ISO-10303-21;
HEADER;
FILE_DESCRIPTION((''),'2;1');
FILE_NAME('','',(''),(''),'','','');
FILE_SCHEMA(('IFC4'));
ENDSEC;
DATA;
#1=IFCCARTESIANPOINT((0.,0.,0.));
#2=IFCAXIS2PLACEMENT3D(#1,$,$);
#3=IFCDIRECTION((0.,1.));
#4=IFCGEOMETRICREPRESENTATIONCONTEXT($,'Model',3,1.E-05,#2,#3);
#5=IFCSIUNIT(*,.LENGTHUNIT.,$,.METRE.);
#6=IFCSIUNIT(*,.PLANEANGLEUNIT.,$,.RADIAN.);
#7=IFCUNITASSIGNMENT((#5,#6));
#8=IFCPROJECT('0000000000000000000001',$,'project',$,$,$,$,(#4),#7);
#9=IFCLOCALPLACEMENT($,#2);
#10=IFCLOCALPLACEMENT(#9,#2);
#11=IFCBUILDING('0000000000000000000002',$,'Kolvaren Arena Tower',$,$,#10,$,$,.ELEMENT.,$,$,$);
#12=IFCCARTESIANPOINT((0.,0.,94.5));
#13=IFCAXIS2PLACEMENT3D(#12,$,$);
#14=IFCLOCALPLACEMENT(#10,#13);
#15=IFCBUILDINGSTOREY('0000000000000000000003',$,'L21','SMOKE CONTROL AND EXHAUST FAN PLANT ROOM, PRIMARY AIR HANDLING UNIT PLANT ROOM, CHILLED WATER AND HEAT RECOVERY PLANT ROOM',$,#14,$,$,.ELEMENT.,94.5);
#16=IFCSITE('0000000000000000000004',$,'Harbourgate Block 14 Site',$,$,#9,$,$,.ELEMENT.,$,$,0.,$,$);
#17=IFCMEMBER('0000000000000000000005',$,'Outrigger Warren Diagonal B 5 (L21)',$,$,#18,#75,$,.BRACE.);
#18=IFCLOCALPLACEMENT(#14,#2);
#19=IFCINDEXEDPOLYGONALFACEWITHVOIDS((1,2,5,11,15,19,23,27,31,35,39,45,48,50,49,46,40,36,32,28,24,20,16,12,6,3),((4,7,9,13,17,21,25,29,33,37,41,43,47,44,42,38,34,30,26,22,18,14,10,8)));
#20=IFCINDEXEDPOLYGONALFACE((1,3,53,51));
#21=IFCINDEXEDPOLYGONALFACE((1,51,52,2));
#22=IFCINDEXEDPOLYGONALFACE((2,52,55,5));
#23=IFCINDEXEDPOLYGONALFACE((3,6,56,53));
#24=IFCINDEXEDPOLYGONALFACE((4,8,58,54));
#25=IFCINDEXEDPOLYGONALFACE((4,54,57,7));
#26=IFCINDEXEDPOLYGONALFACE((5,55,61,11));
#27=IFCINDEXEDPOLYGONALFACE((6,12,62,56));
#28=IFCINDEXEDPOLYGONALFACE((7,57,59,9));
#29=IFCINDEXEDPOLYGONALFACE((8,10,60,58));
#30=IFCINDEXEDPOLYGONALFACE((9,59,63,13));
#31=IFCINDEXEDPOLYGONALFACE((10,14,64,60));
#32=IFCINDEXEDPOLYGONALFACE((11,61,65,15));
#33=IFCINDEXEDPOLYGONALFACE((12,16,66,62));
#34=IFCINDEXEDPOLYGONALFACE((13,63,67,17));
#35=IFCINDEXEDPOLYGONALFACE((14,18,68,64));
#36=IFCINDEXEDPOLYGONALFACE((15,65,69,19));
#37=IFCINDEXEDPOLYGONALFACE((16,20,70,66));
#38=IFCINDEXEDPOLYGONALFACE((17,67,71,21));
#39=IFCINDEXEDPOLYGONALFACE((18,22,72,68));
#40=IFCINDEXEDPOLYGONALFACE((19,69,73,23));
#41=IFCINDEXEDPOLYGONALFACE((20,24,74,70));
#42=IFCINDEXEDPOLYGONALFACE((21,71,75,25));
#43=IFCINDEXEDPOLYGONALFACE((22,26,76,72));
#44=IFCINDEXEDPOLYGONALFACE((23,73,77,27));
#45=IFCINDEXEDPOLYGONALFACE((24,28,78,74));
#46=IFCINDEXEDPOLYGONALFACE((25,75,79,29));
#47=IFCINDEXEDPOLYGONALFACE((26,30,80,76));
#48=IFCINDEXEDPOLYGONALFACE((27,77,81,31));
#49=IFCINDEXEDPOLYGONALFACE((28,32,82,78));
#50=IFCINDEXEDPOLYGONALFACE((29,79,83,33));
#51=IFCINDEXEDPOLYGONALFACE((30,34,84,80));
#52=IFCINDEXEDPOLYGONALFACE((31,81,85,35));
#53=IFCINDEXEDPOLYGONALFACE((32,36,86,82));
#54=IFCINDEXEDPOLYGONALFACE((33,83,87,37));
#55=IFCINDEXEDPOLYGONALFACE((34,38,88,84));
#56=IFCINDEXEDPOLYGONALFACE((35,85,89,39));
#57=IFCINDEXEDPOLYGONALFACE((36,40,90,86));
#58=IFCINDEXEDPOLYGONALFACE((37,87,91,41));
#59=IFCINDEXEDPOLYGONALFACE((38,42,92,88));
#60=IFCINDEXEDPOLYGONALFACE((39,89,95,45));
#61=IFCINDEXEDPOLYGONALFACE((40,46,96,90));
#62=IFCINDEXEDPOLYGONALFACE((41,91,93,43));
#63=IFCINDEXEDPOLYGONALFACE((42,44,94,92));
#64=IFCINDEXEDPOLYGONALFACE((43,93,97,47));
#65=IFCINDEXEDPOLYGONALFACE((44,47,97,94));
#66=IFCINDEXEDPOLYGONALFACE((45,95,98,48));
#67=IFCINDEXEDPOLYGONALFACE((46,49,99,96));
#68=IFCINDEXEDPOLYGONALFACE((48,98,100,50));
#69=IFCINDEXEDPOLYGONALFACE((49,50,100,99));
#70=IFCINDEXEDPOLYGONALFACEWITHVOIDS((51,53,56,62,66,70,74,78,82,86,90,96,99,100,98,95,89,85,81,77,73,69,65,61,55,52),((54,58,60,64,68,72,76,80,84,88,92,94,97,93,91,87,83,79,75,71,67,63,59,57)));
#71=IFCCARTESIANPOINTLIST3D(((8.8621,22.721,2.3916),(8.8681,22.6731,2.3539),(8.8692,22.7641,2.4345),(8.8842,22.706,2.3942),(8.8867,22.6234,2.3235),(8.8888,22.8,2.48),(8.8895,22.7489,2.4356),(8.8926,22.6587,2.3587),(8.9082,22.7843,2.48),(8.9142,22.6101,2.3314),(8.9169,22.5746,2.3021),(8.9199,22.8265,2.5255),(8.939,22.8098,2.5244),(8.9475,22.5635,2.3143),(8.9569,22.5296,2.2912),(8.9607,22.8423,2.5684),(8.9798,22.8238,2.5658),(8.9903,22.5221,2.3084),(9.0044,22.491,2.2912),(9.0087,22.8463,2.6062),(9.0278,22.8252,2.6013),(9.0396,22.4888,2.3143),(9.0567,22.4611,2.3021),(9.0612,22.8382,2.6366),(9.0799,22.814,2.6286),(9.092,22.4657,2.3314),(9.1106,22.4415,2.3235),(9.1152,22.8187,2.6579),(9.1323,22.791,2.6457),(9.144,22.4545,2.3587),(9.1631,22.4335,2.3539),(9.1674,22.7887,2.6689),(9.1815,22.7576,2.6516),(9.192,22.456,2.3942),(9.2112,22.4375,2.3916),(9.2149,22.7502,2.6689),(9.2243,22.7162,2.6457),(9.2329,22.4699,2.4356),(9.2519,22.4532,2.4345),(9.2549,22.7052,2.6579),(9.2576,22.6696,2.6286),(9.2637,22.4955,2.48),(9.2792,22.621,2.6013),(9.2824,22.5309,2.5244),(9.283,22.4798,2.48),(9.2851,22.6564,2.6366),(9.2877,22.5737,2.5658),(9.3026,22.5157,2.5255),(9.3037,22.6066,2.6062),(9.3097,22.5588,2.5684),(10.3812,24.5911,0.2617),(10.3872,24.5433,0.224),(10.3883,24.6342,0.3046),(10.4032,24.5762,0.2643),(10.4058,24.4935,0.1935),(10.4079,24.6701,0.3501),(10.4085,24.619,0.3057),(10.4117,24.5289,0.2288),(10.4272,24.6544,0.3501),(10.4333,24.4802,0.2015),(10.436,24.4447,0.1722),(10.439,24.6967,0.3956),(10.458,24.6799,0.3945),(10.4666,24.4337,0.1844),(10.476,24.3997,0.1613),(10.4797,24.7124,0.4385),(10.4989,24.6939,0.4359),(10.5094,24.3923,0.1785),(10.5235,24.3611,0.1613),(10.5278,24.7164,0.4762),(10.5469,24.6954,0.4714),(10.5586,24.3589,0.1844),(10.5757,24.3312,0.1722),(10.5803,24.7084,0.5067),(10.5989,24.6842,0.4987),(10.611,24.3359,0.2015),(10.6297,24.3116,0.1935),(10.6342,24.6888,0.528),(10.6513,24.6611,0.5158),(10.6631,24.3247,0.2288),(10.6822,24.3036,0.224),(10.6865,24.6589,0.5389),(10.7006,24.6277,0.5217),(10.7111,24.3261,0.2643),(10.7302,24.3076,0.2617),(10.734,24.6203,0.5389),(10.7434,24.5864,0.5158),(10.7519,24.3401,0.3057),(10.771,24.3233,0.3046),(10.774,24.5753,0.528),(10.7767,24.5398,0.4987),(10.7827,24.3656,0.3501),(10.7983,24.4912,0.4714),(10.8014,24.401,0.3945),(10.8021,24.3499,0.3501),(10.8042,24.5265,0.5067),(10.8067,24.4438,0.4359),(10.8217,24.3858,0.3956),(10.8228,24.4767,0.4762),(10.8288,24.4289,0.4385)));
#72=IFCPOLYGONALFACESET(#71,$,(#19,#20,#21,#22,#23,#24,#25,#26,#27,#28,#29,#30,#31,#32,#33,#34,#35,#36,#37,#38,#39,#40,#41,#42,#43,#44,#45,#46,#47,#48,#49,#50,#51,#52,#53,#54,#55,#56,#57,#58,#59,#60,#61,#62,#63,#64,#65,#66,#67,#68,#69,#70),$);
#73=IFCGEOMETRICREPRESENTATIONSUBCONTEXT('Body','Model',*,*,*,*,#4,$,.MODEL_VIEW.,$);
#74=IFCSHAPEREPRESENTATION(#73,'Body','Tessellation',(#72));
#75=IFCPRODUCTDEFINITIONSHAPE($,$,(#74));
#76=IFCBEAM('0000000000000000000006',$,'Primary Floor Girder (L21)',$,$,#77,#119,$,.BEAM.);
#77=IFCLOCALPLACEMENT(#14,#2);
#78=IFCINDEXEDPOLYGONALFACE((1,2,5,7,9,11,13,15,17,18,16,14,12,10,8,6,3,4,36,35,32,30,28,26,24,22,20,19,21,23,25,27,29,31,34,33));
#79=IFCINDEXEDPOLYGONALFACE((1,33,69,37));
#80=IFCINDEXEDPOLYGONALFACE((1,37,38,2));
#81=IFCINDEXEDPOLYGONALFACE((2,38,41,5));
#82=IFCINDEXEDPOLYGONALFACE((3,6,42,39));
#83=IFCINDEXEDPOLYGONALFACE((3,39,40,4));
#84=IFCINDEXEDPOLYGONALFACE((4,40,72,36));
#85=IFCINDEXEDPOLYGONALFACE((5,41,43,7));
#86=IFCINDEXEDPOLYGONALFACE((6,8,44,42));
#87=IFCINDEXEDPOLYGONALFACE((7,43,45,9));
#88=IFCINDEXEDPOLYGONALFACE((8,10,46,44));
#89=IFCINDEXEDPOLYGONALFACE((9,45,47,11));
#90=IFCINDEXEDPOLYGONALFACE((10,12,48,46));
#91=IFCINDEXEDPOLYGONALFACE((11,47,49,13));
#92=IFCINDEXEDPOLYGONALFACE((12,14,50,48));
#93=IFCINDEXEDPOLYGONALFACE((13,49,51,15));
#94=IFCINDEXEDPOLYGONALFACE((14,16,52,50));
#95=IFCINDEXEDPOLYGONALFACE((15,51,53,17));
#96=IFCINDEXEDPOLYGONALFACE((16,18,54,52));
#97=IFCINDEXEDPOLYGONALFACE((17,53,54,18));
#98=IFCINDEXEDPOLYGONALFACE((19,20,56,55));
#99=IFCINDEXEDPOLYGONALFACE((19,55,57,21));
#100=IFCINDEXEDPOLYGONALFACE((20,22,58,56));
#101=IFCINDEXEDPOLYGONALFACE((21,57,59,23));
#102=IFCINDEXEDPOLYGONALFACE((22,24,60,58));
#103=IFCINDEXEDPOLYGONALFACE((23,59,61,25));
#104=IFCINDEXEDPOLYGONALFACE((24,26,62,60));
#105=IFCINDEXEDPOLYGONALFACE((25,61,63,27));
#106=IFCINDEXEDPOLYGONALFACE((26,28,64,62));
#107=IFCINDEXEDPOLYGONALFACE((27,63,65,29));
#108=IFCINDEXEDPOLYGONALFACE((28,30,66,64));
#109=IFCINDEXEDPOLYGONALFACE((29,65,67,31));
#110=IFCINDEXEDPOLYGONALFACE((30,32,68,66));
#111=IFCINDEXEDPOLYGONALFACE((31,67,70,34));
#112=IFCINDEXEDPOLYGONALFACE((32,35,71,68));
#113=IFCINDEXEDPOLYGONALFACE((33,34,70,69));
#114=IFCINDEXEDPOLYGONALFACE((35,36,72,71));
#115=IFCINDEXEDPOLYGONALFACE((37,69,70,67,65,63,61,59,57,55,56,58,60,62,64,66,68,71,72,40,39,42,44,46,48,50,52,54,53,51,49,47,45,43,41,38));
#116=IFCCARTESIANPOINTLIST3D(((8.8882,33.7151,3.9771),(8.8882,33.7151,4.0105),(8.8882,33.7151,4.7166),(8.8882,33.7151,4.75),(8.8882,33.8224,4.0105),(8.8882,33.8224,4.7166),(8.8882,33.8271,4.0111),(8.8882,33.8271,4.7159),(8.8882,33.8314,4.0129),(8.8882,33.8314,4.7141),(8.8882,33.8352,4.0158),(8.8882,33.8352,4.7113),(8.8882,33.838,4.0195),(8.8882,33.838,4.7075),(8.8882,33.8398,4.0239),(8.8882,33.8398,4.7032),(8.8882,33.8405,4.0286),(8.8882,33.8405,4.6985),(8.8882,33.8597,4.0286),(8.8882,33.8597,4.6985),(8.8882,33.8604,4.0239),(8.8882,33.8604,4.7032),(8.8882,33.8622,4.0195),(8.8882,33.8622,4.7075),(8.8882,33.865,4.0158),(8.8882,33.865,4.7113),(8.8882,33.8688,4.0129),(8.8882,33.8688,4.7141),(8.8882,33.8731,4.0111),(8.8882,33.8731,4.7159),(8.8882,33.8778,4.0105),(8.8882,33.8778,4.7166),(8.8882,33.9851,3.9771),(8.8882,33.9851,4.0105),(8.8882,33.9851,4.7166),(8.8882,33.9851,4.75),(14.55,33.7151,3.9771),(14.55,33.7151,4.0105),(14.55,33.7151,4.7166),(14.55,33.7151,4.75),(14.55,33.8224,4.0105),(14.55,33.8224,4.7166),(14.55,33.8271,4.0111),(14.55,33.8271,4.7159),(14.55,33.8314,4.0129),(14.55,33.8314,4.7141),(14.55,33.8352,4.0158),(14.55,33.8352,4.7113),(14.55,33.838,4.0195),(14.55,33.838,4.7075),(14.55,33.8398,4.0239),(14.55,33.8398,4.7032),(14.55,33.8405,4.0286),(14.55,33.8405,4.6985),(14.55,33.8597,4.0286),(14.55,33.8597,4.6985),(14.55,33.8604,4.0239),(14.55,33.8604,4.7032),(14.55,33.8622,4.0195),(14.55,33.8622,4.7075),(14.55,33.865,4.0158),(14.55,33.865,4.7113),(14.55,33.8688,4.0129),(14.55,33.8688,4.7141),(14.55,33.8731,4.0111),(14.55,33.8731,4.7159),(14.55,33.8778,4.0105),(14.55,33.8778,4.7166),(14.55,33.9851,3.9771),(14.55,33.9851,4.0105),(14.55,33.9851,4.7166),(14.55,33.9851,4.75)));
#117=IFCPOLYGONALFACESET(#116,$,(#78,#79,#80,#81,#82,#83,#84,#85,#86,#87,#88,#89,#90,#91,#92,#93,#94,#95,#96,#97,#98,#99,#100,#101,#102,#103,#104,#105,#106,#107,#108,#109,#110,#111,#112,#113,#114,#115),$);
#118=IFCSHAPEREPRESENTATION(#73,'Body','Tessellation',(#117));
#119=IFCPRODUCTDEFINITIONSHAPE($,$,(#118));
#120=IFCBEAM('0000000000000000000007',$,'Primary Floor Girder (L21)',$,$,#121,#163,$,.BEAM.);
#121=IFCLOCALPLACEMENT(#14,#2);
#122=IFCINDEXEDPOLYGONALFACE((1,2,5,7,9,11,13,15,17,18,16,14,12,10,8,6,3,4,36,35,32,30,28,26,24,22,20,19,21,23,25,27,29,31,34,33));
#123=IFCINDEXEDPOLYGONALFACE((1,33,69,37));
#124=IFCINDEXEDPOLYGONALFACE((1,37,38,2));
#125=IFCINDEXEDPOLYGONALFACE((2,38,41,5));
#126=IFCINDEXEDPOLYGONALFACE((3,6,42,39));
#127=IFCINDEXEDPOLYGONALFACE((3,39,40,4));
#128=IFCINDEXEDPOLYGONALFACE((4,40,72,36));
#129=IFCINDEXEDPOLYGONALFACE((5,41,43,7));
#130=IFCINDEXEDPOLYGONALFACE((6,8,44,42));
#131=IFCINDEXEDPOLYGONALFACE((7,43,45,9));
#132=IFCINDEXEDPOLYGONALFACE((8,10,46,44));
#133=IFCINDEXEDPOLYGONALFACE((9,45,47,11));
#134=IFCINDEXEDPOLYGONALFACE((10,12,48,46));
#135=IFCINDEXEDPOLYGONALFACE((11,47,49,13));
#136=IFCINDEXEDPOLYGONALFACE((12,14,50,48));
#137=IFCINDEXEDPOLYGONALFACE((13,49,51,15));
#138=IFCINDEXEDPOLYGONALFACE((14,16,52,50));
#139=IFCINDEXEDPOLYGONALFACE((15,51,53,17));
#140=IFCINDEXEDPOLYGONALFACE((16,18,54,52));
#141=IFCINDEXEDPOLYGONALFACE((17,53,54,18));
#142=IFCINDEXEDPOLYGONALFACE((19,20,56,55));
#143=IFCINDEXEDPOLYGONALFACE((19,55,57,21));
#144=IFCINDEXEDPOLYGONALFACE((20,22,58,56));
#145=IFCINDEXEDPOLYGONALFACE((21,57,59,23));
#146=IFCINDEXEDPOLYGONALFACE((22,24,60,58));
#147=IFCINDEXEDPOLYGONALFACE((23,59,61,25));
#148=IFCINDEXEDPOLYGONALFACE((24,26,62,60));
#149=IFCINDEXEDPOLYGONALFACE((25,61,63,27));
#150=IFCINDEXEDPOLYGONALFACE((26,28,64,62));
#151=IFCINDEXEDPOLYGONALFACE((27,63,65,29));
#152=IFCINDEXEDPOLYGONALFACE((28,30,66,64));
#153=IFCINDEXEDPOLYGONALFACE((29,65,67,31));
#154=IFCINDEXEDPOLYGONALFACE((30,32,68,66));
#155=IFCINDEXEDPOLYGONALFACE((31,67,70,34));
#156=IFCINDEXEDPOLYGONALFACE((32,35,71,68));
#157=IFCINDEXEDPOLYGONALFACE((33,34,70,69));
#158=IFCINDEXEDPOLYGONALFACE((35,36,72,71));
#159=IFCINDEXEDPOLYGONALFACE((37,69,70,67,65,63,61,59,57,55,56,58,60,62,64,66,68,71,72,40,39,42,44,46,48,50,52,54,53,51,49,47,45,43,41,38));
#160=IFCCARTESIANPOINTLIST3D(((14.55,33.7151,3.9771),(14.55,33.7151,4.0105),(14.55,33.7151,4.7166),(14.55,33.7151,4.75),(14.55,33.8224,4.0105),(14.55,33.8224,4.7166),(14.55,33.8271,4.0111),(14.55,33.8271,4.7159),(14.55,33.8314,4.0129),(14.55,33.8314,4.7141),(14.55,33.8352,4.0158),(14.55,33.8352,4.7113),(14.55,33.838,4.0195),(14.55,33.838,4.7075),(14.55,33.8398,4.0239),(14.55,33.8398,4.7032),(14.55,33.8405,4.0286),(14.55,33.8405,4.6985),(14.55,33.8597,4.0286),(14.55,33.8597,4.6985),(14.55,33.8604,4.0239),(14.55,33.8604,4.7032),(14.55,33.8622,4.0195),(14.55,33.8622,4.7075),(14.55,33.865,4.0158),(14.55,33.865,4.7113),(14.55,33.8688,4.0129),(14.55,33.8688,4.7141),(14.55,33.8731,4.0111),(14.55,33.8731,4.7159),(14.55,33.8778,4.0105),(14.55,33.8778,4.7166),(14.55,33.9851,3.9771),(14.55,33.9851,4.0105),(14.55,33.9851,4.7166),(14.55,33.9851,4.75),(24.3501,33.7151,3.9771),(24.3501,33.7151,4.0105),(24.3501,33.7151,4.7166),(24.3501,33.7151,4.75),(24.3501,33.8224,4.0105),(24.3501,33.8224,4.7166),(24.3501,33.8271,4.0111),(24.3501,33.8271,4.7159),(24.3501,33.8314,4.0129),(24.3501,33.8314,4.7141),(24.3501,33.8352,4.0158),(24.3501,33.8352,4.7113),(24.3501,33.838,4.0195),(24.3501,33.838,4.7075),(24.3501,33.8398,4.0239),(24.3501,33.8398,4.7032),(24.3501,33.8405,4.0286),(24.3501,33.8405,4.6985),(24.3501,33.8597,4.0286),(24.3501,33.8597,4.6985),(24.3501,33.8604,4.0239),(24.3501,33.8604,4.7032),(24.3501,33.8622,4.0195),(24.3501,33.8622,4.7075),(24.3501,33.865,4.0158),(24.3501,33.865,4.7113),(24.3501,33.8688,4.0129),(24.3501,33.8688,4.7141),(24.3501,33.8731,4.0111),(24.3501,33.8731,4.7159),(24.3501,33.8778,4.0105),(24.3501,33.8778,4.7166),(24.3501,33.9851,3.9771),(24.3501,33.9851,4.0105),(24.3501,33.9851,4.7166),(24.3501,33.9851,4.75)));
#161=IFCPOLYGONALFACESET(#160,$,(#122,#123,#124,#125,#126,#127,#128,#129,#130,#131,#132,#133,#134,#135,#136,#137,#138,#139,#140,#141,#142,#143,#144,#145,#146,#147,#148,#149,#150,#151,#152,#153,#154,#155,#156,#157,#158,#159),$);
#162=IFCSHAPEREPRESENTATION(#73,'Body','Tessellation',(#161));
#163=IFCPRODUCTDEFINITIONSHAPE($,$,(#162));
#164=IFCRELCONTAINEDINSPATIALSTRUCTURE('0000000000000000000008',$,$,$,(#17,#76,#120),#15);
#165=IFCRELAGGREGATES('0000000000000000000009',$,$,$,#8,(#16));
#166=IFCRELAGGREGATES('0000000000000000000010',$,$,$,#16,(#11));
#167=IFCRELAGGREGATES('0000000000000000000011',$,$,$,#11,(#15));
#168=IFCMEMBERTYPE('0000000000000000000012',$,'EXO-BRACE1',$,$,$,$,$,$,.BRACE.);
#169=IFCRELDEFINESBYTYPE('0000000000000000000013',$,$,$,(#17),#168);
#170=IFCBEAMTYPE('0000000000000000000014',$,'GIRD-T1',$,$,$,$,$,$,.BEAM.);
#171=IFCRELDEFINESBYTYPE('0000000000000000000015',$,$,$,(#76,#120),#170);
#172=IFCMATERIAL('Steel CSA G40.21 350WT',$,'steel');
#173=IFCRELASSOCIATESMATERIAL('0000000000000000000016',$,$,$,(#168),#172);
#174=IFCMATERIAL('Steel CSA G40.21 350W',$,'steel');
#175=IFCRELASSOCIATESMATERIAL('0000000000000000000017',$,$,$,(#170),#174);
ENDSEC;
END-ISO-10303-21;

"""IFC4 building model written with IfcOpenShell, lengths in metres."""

from ifc_helpers import new_model, si_unit, direction, frame, origin, origin_2d, place, context, subcontext, project, spatial, hollow_circle, i_section, extrude, material, material_profile, profile_set, type_object, element, save


model = new_model("IFC4")

# Units and contexts
model_context = context("Model", 3, precision=1e-05, world=origin(), true_north=direction((0.0, 1.0)))
body_context = subcontext(model_context, "Body", "Model", "MODEL_VIEW")
ifc_project = project(units=[si_unit("LENGTHUNIT", "METRE"), si_unit("PLANEANGLEUNIT", "RADIAN")], contexts=[model_context])

# Site, building, storey
site_placement = place(None, origin())
site = spatial("IfcSite", under=ifc_project, at=site_placement, Name="Harbourgate Block 14 Site", CompositionType="ELEMENT", RefElevation=0.0)
building_placement = place(site_placement, origin())
building = spatial("IfcBuilding", under=site, at=building_placement, Name="Kolvaren Arena Tower", CompositionType="ELEMENT")
storey_placement = place(building_placement, frame((0.0, 0.0, 94.5)))
storey = spatial("IfcBuildingStorey", under=building, at=storey_placement, Name="L21", Description="SMOKE CONTROL AND EXHAUST FAN PLANT ROOM, PRIMARY AIR HANDLING UNIT PLANT ROOM, CHILLED WATER AND HEAT RECOVERY PLANT ROOM", CompositionType="ELEMENT", Elevation=94.5)

# Shared definitions
ifc_material_1 = material(Name="Steel CSA G40.21 350W", Category="steel")

# Member
ifc_material_2 = material(Name="Steel CSA G40.21 350WT", Category="steel")
ifc_material_profile_1 = material_profile(ifc_material_2, hollow_circle(Radius=0.2539, WallThickness=0.0249, at=origin_2d()), Name="CHS 508x25")
ifc_profile_set_1 = profile_set([ifc_material_profile_1], Name="Steel CSA G40.21 350WT")
member_type_1 = type_object("IfcMemberType", Name="EXO-BRACE1", PredefinedType="BRACE", material=ifc_profile_set_1)
member_1_placement = place(storey_placement, frame((10.605, 24.51, 0.3501), z_axis=(-0.472372, -0.581544, 0.662323), x_axis=(0.776201, -0.630486, 0.0)))
element("IfcMember", 1, at=member_1_placement, inside=storey, type_object=member_type_1, Name="Outrigger Warren Diagonal B 5 (L21)", PredefinedType="BRACE", context=body_context, shape_type="SweptSolid", body=[
    extrude(hollow_circle(Radius=0.2539, WallThickness=0.0249, at=origin_2d()), origin(), (0.0, 0.0, 1.0), 3.2158),
])

# Beams
ifc_material_profile_2 = material_profile(ifc_material_1, i_section(OverallWidth=0.27, OverallDepth=0.7729, WebThickness=0.0193, FlangeThickness=0.0334, FilletRadius=0.0181, at=origin_2d()), Name="W760x257")
ifc_profile_set_2 = profile_set([ifc_material_profile_2], Name="Steel CSA G40.21 350W")
beam_type_1 = type_object("IfcBeamType", Name="GIRD-T1", PredefinedType="BEAM", material=ifc_profile_set_2)
beam_1_placement = place(storey_placement, frame((8.8882, 33.8501, 4.3635), z_axis=(1.0, 0.0, 0.0), x_axis=(0.0, 1.0, 0.0)))
element("IfcBeam", 2, at=beam_1_placement, inside=storey, type_object=beam_type_1, Name="Primary Floor Girder (L21)", PredefinedType="BEAM", context=body_context, shape_type="SweptSolid", body=[
    extrude(i_section(OverallWidth=0.27, OverallDepth=0.7729, WebThickness=0.0193, FlangeThickness=0.0334, FilletRadius=0.0181, at=origin_2d()), origin(), (0.0, 0.0, 1.0), 5.6619),
])
beam_2_placement = place(storey_placement, frame((14.55, 33.8501, 4.3635), z_axis=(1.0, 0.0, 0.0), x_axis=(0.0, 1.0, 0.0)))
element("IfcBeam", 3, at=beam_2_placement, inside=storey, type_object=beam_type_1, Name="Primary Floor Girder (L21)", PredefinedType="BEAM", context=body_context, shape_type="SweptSolid", body=[
    extrude(i_section(OverallWidth=0.27, OverallDepth=0.7729, WebThickness=0.0193, FlangeThickness=0.0334, FilletRadius=0.0181, at=origin_2d()), origin(), (0.0, 0.0, 1.0), 9.8),
])

save(model, "model.ifc")
